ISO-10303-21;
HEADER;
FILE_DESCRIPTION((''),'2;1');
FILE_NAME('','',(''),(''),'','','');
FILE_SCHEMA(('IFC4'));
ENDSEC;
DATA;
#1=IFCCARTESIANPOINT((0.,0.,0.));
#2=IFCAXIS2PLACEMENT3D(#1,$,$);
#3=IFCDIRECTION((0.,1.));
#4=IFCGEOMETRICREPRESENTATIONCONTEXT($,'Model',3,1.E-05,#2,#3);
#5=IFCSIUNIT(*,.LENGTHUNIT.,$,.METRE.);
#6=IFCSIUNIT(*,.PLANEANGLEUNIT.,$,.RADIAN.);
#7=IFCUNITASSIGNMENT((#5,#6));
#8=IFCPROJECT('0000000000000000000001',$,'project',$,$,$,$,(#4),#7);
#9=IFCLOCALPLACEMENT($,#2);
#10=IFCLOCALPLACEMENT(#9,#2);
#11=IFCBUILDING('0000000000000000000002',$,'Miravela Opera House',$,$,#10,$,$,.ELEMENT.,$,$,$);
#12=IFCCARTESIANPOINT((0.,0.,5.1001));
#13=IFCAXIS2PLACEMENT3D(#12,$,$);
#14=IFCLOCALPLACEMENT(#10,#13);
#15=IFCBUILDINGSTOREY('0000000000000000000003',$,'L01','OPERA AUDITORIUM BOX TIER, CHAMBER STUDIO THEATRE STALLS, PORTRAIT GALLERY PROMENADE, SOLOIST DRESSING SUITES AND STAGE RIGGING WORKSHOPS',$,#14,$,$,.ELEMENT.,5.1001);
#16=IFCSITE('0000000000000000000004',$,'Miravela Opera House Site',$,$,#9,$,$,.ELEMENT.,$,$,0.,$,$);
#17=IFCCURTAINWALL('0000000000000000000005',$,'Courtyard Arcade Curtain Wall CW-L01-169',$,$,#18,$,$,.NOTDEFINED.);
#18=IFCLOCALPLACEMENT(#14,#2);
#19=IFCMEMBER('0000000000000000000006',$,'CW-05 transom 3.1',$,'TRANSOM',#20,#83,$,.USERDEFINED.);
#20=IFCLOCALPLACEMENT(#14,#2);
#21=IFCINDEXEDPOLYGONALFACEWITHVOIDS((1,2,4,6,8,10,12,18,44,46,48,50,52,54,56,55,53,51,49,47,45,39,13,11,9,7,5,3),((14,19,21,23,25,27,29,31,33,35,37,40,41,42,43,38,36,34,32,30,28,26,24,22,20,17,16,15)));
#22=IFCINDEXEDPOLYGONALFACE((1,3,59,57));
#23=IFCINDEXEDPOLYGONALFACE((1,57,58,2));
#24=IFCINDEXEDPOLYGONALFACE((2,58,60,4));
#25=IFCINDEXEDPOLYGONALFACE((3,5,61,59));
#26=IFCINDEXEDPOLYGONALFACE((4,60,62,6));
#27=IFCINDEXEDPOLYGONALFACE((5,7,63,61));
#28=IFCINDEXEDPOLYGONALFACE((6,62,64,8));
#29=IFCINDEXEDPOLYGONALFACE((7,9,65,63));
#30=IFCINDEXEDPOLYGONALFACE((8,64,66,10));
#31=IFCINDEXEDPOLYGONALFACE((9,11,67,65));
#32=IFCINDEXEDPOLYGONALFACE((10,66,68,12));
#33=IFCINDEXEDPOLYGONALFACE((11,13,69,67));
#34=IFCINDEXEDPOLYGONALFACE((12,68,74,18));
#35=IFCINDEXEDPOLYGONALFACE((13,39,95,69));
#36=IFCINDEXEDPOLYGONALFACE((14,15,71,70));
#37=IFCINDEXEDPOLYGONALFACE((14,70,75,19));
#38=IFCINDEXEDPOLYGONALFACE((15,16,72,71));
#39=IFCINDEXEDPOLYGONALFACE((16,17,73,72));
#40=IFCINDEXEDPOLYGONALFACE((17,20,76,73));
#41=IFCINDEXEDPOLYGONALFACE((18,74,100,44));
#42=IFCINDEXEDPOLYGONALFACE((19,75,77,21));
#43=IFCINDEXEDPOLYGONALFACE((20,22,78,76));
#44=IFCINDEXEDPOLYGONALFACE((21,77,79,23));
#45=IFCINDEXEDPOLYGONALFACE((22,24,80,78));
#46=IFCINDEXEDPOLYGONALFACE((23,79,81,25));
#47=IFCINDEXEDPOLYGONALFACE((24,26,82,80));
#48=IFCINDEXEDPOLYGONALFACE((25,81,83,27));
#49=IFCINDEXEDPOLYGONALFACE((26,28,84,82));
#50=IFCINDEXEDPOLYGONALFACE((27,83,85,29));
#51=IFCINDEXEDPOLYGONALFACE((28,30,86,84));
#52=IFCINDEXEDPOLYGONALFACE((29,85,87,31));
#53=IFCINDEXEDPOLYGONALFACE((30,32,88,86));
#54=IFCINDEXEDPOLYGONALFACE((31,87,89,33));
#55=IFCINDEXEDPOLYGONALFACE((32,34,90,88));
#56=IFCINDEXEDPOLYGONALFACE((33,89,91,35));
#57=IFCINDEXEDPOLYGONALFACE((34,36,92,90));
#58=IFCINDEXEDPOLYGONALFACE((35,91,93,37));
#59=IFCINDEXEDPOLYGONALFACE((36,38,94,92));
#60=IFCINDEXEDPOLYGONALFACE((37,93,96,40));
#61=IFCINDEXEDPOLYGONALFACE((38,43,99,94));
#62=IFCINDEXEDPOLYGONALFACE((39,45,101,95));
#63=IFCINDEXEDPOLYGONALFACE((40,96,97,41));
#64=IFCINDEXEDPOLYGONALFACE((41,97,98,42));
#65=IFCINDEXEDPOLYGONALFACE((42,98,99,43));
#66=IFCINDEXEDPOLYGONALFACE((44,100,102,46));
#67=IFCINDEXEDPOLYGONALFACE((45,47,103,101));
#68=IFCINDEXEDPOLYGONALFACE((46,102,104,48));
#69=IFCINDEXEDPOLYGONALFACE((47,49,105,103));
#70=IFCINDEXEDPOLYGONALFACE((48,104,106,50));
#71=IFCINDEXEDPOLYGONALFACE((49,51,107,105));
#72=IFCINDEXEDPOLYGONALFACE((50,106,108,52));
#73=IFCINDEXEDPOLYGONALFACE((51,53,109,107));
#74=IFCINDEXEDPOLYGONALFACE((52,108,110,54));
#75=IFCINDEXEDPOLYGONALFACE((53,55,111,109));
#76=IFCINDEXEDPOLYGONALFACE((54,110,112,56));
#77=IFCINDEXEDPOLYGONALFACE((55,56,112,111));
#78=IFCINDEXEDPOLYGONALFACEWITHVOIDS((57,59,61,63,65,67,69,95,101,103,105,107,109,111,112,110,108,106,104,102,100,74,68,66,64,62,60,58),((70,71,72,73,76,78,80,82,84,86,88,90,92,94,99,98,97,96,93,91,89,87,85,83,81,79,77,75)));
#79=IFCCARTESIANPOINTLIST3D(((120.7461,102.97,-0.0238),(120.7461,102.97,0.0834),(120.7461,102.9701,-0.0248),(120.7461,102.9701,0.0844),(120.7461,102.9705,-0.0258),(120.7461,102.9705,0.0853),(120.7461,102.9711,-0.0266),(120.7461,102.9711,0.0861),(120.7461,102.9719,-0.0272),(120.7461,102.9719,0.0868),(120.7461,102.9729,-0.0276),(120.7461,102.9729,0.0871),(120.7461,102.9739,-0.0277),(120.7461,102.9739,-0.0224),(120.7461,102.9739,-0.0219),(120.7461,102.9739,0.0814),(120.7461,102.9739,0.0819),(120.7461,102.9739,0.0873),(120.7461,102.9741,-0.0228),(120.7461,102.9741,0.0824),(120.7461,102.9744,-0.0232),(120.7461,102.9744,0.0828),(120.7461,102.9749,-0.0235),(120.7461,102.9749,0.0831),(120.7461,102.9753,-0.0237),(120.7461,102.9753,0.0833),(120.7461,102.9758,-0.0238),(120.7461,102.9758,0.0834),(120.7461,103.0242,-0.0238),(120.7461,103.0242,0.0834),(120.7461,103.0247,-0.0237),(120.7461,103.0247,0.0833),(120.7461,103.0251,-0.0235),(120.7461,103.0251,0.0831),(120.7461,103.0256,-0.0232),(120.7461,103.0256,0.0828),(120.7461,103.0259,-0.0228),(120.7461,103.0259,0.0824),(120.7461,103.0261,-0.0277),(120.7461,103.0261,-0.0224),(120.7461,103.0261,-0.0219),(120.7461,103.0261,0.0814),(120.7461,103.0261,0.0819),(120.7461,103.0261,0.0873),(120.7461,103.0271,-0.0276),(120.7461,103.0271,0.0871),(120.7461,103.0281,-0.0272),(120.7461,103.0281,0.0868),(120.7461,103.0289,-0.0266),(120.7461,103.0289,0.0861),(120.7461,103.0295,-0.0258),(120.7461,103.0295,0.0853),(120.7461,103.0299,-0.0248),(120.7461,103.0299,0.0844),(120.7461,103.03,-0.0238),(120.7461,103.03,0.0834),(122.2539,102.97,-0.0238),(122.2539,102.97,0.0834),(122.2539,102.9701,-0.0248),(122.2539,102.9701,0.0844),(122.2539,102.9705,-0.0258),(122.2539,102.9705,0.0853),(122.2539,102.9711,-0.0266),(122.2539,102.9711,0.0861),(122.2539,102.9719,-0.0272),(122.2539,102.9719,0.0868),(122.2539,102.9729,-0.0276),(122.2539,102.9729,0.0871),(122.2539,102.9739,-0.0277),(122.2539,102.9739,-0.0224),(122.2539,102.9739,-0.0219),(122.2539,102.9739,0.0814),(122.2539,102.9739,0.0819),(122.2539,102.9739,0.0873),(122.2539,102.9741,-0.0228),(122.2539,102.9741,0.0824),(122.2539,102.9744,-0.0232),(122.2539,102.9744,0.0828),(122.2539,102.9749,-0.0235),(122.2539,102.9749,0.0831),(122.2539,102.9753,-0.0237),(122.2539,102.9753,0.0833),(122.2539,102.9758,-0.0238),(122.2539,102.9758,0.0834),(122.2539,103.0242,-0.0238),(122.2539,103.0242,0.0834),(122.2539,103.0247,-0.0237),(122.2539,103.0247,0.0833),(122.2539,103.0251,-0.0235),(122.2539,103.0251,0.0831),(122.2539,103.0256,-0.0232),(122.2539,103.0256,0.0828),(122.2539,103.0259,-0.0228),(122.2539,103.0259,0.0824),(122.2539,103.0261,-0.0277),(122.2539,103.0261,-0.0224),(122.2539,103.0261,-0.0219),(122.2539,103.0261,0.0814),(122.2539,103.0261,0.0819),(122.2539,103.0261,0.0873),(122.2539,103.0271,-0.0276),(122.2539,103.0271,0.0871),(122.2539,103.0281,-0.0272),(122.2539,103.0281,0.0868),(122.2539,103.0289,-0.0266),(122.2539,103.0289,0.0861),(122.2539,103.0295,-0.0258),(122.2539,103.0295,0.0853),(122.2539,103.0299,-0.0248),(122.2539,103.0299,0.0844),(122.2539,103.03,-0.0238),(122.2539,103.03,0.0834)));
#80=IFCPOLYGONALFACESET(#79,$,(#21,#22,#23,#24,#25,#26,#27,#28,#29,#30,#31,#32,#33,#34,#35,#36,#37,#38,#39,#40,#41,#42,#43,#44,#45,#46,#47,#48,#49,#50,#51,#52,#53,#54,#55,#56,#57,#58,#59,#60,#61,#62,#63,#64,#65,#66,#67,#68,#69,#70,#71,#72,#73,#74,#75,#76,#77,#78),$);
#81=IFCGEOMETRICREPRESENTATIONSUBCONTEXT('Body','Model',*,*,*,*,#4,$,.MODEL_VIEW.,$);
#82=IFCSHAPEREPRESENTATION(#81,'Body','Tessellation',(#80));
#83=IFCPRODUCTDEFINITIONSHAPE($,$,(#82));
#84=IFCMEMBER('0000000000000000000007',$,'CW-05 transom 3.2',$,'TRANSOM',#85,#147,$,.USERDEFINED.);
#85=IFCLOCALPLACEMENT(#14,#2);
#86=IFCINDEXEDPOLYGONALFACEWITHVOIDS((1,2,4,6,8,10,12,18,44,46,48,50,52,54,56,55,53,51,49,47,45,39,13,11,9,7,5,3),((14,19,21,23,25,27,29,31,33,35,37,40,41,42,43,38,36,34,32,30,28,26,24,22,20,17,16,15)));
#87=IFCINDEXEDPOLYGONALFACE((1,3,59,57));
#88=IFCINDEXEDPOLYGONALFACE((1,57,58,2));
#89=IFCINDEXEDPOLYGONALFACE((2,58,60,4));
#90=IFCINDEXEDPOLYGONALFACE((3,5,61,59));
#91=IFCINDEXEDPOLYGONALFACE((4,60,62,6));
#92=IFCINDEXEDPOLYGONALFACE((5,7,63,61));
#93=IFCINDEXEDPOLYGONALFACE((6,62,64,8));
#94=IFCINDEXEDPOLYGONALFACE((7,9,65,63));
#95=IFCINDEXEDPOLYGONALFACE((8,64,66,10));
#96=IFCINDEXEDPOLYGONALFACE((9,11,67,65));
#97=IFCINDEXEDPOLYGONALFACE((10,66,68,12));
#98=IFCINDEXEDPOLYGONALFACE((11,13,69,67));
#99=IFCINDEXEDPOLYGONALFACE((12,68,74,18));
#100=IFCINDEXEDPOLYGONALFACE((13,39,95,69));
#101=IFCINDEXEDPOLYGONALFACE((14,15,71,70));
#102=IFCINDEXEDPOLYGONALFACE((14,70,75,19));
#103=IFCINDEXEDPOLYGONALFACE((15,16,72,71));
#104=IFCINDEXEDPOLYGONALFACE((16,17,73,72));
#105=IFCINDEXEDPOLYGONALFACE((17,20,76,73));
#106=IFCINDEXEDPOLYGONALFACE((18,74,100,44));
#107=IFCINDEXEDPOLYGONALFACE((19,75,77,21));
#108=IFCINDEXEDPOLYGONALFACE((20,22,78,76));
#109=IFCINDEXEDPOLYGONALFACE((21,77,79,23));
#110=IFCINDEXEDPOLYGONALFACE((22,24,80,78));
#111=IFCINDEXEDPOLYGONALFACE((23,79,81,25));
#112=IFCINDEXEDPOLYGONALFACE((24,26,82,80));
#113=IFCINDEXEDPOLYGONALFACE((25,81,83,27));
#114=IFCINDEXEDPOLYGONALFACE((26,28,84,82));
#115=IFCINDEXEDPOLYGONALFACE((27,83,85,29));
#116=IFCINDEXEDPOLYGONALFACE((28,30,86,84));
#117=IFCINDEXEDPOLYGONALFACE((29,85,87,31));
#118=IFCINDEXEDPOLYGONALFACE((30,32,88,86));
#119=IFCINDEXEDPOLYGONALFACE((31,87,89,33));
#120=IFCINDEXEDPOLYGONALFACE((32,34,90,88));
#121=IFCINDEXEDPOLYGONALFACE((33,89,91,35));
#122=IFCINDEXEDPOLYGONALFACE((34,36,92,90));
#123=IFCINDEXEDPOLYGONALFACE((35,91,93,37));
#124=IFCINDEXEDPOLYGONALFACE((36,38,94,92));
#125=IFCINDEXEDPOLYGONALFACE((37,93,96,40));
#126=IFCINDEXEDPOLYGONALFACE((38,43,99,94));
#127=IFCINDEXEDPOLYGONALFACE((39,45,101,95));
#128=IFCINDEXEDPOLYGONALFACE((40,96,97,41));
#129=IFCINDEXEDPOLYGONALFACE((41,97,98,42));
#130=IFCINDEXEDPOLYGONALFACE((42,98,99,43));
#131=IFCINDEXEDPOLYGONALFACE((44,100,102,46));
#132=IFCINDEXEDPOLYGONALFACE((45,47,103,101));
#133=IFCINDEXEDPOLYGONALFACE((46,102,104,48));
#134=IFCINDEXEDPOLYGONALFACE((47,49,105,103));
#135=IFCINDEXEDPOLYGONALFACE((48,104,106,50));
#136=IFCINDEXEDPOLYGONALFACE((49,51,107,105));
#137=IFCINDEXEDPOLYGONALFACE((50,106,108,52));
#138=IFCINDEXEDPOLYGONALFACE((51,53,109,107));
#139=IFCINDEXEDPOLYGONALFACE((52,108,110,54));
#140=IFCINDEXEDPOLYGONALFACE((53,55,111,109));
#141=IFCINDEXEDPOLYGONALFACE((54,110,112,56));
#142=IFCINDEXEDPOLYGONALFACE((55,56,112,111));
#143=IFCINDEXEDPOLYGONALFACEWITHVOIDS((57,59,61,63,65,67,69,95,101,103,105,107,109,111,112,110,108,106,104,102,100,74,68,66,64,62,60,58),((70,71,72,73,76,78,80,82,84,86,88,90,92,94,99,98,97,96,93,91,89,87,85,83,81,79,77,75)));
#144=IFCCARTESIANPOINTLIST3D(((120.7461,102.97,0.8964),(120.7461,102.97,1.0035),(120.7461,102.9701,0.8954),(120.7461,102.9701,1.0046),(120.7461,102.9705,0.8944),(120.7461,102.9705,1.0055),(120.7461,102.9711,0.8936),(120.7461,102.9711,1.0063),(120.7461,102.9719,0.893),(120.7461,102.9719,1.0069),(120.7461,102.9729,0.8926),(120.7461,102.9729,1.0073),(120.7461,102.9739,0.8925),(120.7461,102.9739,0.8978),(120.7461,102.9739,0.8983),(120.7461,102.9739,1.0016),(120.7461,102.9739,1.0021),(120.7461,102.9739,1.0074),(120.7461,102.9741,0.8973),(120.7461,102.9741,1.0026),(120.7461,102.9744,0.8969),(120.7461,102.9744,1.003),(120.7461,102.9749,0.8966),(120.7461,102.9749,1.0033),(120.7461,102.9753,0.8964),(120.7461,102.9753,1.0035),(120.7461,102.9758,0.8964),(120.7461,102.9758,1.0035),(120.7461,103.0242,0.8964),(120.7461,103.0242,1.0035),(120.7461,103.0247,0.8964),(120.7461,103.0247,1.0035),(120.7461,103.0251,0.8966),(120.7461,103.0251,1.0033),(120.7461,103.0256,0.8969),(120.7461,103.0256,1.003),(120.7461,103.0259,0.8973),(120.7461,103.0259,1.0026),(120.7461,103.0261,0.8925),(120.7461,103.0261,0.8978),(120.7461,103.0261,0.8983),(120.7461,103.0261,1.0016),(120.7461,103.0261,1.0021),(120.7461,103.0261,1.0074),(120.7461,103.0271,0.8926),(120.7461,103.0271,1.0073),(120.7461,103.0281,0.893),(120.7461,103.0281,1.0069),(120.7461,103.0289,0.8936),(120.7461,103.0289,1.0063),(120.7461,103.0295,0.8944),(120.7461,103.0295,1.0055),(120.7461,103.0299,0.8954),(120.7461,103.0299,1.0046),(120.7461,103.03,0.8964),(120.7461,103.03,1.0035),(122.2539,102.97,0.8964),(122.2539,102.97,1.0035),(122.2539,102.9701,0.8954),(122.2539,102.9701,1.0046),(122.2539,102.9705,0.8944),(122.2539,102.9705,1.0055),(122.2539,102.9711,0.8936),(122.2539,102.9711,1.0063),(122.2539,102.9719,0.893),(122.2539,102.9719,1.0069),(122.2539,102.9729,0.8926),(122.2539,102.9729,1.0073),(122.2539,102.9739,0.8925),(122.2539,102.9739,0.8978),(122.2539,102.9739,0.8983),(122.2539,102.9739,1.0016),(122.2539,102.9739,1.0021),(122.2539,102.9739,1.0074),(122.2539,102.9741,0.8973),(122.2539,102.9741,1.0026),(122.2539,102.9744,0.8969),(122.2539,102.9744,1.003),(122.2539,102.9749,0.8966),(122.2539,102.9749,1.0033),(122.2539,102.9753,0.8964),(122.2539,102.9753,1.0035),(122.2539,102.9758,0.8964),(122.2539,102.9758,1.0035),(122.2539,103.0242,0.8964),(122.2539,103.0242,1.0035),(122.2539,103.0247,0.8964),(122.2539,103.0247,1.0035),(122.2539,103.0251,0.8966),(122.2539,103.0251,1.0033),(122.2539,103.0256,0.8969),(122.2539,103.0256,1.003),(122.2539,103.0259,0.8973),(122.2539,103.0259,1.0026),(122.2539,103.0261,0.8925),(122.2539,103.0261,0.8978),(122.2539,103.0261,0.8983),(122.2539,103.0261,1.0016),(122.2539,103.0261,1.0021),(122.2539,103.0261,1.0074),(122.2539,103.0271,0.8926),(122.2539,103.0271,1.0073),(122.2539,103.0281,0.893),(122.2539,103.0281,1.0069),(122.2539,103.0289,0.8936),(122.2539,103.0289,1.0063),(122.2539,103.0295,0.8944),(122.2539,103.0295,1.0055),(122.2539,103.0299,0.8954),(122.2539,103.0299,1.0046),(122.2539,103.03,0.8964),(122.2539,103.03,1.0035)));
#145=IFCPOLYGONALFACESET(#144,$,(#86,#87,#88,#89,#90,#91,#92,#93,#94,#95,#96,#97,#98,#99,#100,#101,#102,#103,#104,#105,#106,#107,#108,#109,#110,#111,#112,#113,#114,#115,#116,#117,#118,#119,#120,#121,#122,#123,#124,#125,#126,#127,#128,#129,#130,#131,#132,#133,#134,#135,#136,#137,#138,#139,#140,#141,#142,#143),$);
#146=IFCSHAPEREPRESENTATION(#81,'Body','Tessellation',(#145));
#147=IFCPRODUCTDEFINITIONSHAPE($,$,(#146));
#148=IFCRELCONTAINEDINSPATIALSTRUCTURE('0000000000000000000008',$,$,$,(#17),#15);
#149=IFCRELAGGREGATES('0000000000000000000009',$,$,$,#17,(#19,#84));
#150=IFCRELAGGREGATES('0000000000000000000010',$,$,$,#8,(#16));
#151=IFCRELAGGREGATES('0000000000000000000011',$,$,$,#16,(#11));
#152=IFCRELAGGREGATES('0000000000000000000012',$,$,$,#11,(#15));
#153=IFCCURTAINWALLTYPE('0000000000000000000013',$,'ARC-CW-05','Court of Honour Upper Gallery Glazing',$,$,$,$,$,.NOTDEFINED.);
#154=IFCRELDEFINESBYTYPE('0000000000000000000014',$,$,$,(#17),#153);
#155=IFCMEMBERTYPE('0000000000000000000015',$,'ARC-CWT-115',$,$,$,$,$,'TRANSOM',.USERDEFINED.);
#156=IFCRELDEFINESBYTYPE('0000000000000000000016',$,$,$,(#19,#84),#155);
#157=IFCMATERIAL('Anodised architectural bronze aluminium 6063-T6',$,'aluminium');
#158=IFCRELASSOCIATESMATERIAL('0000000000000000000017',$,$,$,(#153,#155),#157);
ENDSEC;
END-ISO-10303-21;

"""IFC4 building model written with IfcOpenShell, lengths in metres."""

from ifc_helpers import new_model, si_unit, direction, frame, origin, origin_2d, place, context, subcontext, project, spatial, hollow_rectangle, extrude, material, material_profile, profile_set, type_object, element, aggregate, save


model = new_model("IFC4")

# Units and contexts
model_context = context("Model", 3, precision=1e-05, world=origin(), true_north=direction((0.0, 1.0)))
body_context = subcontext(model_context, "Body", "Model", "MODEL_VIEW")
ifc_project = project(units=[si_unit("LENGTHUNIT", "METRE"), si_unit("PLANEANGLEUNIT", "RADIAN")], contexts=[model_context])

# Site, building, storey
site_placement = place(None, origin())
site = spatial("IfcSite", under=ifc_project, at=site_placement, Name="Miravela Opera House Site", CompositionType="ELEMENT", RefElevation=0.0)
building_placement = place(site_placement, origin())
building = spatial("IfcBuilding", under=site, at=building_placement, Name="Miravela Opera House", CompositionType="ELEMENT")
storey_placement = place(building_placement, frame((0.0, 0.0, 5.1001)))
storey = spatial("IfcBuildingStorey", under=building, at=storey_placement, Name="L01", Description="OPERA AUDITORIUM BOX TIER, CHAMBER STUDIO THEATRE STALLS, PORTRAIT GALLERY PROMENADE, SOLOIST DRESSING SUITES AND STAGE RIGGING WORKSHOPS", CompositionType="ELEMENT", Elevation=5.1001)

# Curtain wall, members
ifc_material_1 = material(Name="Anodised architectural bronze aluminium 6063-T6", Category="aluminium")
curtain_wall_type = type_object("IfcCurtainWallType", Name="ARC-CW-05", Description="Court of Honour Upper Gallery Glazing", PredefinedType="NOTDEFINED", material=ifc_material_1)
curtain_wall_placement = place(storey_placement, origin())
curtain_wall = element("IfcCurtainWall", 1, at=curtain_wall_placement, inside=storey, type_object=curtain_wall_type, Name="Courtyard Arcade Curtain Wall CW-L01-169", PredefinedType="NOTDEFINED")
ifc_material_profile_1 = material_profile(ifc_material_1, hollow_rectangle(XDim=0.0601, YDim=0.115, WallThickness=0.0039, InnerFilletRadius=0.002, OuterFilletRadius=0.0039, at=origin_2d()), Name="CWT-60X115")
ifc_profile_set_1 = profile_set([ifc_material_profile_1])
member_type_1 = type_object("IfcMemberType", Name="ARC-CWT-115", ElementType="TRANSOM", PredefinedType="USERDEFINED", material=ifc_profile_set_1)
member_1_placement = place(storey_placement, frame((120.7461, 103.0, 0.0298), z_axis=(1.0, 0.0, 0.0), x_axis=(0.0, 1.0, 0.0)))
member_1 = element("IfcMember", 2, at=member_1_placement, type_object=member_type_1, Name="CW-05 transom 3.1", ObjectType="TRANSOM", PredefinedType="USERDEFINED", context=body_context, shape_type="SweptSolid", body=[
    extrude(hollow_rectangle(XDim=0.0601, YDim=0.115, WallThickness=0.0039, InnerFilletRadius=0.002, OuterFilletRadius=0.0039, at=origin_2d()), origin(), (0.0, 0.0, 1.0), 1.5078),
])
member_2_placement = place(storey_placement, frame((120.7461, 103.0, 0.95), z_axis=(1.0, 0.0, 0.0), x_axis=(0.0, 1.0, 0.0)))
member_2 = element("IfcMember", 3, at=member_2_placement, type_object=member_type_1, Name="CW-05 transom 3.2", ObjectType="TRANSOM", PredefinedType="USERDEFINED", context=body_context, shape_type="SweptSolid", body=[
    extrude(hollow_rectangle(XDim=0.0601, YDim=0.115, WallThickness=0.0039, InnerFilletRadius=0.002, OuterFilletRadius=0.0039, at=origin_2d()), origin(), (0.0, 0.0, 1.0), 1.5078),
])
aggregate(curtain_wall, [member_1, member_2])

save(model, "model.ifc")
